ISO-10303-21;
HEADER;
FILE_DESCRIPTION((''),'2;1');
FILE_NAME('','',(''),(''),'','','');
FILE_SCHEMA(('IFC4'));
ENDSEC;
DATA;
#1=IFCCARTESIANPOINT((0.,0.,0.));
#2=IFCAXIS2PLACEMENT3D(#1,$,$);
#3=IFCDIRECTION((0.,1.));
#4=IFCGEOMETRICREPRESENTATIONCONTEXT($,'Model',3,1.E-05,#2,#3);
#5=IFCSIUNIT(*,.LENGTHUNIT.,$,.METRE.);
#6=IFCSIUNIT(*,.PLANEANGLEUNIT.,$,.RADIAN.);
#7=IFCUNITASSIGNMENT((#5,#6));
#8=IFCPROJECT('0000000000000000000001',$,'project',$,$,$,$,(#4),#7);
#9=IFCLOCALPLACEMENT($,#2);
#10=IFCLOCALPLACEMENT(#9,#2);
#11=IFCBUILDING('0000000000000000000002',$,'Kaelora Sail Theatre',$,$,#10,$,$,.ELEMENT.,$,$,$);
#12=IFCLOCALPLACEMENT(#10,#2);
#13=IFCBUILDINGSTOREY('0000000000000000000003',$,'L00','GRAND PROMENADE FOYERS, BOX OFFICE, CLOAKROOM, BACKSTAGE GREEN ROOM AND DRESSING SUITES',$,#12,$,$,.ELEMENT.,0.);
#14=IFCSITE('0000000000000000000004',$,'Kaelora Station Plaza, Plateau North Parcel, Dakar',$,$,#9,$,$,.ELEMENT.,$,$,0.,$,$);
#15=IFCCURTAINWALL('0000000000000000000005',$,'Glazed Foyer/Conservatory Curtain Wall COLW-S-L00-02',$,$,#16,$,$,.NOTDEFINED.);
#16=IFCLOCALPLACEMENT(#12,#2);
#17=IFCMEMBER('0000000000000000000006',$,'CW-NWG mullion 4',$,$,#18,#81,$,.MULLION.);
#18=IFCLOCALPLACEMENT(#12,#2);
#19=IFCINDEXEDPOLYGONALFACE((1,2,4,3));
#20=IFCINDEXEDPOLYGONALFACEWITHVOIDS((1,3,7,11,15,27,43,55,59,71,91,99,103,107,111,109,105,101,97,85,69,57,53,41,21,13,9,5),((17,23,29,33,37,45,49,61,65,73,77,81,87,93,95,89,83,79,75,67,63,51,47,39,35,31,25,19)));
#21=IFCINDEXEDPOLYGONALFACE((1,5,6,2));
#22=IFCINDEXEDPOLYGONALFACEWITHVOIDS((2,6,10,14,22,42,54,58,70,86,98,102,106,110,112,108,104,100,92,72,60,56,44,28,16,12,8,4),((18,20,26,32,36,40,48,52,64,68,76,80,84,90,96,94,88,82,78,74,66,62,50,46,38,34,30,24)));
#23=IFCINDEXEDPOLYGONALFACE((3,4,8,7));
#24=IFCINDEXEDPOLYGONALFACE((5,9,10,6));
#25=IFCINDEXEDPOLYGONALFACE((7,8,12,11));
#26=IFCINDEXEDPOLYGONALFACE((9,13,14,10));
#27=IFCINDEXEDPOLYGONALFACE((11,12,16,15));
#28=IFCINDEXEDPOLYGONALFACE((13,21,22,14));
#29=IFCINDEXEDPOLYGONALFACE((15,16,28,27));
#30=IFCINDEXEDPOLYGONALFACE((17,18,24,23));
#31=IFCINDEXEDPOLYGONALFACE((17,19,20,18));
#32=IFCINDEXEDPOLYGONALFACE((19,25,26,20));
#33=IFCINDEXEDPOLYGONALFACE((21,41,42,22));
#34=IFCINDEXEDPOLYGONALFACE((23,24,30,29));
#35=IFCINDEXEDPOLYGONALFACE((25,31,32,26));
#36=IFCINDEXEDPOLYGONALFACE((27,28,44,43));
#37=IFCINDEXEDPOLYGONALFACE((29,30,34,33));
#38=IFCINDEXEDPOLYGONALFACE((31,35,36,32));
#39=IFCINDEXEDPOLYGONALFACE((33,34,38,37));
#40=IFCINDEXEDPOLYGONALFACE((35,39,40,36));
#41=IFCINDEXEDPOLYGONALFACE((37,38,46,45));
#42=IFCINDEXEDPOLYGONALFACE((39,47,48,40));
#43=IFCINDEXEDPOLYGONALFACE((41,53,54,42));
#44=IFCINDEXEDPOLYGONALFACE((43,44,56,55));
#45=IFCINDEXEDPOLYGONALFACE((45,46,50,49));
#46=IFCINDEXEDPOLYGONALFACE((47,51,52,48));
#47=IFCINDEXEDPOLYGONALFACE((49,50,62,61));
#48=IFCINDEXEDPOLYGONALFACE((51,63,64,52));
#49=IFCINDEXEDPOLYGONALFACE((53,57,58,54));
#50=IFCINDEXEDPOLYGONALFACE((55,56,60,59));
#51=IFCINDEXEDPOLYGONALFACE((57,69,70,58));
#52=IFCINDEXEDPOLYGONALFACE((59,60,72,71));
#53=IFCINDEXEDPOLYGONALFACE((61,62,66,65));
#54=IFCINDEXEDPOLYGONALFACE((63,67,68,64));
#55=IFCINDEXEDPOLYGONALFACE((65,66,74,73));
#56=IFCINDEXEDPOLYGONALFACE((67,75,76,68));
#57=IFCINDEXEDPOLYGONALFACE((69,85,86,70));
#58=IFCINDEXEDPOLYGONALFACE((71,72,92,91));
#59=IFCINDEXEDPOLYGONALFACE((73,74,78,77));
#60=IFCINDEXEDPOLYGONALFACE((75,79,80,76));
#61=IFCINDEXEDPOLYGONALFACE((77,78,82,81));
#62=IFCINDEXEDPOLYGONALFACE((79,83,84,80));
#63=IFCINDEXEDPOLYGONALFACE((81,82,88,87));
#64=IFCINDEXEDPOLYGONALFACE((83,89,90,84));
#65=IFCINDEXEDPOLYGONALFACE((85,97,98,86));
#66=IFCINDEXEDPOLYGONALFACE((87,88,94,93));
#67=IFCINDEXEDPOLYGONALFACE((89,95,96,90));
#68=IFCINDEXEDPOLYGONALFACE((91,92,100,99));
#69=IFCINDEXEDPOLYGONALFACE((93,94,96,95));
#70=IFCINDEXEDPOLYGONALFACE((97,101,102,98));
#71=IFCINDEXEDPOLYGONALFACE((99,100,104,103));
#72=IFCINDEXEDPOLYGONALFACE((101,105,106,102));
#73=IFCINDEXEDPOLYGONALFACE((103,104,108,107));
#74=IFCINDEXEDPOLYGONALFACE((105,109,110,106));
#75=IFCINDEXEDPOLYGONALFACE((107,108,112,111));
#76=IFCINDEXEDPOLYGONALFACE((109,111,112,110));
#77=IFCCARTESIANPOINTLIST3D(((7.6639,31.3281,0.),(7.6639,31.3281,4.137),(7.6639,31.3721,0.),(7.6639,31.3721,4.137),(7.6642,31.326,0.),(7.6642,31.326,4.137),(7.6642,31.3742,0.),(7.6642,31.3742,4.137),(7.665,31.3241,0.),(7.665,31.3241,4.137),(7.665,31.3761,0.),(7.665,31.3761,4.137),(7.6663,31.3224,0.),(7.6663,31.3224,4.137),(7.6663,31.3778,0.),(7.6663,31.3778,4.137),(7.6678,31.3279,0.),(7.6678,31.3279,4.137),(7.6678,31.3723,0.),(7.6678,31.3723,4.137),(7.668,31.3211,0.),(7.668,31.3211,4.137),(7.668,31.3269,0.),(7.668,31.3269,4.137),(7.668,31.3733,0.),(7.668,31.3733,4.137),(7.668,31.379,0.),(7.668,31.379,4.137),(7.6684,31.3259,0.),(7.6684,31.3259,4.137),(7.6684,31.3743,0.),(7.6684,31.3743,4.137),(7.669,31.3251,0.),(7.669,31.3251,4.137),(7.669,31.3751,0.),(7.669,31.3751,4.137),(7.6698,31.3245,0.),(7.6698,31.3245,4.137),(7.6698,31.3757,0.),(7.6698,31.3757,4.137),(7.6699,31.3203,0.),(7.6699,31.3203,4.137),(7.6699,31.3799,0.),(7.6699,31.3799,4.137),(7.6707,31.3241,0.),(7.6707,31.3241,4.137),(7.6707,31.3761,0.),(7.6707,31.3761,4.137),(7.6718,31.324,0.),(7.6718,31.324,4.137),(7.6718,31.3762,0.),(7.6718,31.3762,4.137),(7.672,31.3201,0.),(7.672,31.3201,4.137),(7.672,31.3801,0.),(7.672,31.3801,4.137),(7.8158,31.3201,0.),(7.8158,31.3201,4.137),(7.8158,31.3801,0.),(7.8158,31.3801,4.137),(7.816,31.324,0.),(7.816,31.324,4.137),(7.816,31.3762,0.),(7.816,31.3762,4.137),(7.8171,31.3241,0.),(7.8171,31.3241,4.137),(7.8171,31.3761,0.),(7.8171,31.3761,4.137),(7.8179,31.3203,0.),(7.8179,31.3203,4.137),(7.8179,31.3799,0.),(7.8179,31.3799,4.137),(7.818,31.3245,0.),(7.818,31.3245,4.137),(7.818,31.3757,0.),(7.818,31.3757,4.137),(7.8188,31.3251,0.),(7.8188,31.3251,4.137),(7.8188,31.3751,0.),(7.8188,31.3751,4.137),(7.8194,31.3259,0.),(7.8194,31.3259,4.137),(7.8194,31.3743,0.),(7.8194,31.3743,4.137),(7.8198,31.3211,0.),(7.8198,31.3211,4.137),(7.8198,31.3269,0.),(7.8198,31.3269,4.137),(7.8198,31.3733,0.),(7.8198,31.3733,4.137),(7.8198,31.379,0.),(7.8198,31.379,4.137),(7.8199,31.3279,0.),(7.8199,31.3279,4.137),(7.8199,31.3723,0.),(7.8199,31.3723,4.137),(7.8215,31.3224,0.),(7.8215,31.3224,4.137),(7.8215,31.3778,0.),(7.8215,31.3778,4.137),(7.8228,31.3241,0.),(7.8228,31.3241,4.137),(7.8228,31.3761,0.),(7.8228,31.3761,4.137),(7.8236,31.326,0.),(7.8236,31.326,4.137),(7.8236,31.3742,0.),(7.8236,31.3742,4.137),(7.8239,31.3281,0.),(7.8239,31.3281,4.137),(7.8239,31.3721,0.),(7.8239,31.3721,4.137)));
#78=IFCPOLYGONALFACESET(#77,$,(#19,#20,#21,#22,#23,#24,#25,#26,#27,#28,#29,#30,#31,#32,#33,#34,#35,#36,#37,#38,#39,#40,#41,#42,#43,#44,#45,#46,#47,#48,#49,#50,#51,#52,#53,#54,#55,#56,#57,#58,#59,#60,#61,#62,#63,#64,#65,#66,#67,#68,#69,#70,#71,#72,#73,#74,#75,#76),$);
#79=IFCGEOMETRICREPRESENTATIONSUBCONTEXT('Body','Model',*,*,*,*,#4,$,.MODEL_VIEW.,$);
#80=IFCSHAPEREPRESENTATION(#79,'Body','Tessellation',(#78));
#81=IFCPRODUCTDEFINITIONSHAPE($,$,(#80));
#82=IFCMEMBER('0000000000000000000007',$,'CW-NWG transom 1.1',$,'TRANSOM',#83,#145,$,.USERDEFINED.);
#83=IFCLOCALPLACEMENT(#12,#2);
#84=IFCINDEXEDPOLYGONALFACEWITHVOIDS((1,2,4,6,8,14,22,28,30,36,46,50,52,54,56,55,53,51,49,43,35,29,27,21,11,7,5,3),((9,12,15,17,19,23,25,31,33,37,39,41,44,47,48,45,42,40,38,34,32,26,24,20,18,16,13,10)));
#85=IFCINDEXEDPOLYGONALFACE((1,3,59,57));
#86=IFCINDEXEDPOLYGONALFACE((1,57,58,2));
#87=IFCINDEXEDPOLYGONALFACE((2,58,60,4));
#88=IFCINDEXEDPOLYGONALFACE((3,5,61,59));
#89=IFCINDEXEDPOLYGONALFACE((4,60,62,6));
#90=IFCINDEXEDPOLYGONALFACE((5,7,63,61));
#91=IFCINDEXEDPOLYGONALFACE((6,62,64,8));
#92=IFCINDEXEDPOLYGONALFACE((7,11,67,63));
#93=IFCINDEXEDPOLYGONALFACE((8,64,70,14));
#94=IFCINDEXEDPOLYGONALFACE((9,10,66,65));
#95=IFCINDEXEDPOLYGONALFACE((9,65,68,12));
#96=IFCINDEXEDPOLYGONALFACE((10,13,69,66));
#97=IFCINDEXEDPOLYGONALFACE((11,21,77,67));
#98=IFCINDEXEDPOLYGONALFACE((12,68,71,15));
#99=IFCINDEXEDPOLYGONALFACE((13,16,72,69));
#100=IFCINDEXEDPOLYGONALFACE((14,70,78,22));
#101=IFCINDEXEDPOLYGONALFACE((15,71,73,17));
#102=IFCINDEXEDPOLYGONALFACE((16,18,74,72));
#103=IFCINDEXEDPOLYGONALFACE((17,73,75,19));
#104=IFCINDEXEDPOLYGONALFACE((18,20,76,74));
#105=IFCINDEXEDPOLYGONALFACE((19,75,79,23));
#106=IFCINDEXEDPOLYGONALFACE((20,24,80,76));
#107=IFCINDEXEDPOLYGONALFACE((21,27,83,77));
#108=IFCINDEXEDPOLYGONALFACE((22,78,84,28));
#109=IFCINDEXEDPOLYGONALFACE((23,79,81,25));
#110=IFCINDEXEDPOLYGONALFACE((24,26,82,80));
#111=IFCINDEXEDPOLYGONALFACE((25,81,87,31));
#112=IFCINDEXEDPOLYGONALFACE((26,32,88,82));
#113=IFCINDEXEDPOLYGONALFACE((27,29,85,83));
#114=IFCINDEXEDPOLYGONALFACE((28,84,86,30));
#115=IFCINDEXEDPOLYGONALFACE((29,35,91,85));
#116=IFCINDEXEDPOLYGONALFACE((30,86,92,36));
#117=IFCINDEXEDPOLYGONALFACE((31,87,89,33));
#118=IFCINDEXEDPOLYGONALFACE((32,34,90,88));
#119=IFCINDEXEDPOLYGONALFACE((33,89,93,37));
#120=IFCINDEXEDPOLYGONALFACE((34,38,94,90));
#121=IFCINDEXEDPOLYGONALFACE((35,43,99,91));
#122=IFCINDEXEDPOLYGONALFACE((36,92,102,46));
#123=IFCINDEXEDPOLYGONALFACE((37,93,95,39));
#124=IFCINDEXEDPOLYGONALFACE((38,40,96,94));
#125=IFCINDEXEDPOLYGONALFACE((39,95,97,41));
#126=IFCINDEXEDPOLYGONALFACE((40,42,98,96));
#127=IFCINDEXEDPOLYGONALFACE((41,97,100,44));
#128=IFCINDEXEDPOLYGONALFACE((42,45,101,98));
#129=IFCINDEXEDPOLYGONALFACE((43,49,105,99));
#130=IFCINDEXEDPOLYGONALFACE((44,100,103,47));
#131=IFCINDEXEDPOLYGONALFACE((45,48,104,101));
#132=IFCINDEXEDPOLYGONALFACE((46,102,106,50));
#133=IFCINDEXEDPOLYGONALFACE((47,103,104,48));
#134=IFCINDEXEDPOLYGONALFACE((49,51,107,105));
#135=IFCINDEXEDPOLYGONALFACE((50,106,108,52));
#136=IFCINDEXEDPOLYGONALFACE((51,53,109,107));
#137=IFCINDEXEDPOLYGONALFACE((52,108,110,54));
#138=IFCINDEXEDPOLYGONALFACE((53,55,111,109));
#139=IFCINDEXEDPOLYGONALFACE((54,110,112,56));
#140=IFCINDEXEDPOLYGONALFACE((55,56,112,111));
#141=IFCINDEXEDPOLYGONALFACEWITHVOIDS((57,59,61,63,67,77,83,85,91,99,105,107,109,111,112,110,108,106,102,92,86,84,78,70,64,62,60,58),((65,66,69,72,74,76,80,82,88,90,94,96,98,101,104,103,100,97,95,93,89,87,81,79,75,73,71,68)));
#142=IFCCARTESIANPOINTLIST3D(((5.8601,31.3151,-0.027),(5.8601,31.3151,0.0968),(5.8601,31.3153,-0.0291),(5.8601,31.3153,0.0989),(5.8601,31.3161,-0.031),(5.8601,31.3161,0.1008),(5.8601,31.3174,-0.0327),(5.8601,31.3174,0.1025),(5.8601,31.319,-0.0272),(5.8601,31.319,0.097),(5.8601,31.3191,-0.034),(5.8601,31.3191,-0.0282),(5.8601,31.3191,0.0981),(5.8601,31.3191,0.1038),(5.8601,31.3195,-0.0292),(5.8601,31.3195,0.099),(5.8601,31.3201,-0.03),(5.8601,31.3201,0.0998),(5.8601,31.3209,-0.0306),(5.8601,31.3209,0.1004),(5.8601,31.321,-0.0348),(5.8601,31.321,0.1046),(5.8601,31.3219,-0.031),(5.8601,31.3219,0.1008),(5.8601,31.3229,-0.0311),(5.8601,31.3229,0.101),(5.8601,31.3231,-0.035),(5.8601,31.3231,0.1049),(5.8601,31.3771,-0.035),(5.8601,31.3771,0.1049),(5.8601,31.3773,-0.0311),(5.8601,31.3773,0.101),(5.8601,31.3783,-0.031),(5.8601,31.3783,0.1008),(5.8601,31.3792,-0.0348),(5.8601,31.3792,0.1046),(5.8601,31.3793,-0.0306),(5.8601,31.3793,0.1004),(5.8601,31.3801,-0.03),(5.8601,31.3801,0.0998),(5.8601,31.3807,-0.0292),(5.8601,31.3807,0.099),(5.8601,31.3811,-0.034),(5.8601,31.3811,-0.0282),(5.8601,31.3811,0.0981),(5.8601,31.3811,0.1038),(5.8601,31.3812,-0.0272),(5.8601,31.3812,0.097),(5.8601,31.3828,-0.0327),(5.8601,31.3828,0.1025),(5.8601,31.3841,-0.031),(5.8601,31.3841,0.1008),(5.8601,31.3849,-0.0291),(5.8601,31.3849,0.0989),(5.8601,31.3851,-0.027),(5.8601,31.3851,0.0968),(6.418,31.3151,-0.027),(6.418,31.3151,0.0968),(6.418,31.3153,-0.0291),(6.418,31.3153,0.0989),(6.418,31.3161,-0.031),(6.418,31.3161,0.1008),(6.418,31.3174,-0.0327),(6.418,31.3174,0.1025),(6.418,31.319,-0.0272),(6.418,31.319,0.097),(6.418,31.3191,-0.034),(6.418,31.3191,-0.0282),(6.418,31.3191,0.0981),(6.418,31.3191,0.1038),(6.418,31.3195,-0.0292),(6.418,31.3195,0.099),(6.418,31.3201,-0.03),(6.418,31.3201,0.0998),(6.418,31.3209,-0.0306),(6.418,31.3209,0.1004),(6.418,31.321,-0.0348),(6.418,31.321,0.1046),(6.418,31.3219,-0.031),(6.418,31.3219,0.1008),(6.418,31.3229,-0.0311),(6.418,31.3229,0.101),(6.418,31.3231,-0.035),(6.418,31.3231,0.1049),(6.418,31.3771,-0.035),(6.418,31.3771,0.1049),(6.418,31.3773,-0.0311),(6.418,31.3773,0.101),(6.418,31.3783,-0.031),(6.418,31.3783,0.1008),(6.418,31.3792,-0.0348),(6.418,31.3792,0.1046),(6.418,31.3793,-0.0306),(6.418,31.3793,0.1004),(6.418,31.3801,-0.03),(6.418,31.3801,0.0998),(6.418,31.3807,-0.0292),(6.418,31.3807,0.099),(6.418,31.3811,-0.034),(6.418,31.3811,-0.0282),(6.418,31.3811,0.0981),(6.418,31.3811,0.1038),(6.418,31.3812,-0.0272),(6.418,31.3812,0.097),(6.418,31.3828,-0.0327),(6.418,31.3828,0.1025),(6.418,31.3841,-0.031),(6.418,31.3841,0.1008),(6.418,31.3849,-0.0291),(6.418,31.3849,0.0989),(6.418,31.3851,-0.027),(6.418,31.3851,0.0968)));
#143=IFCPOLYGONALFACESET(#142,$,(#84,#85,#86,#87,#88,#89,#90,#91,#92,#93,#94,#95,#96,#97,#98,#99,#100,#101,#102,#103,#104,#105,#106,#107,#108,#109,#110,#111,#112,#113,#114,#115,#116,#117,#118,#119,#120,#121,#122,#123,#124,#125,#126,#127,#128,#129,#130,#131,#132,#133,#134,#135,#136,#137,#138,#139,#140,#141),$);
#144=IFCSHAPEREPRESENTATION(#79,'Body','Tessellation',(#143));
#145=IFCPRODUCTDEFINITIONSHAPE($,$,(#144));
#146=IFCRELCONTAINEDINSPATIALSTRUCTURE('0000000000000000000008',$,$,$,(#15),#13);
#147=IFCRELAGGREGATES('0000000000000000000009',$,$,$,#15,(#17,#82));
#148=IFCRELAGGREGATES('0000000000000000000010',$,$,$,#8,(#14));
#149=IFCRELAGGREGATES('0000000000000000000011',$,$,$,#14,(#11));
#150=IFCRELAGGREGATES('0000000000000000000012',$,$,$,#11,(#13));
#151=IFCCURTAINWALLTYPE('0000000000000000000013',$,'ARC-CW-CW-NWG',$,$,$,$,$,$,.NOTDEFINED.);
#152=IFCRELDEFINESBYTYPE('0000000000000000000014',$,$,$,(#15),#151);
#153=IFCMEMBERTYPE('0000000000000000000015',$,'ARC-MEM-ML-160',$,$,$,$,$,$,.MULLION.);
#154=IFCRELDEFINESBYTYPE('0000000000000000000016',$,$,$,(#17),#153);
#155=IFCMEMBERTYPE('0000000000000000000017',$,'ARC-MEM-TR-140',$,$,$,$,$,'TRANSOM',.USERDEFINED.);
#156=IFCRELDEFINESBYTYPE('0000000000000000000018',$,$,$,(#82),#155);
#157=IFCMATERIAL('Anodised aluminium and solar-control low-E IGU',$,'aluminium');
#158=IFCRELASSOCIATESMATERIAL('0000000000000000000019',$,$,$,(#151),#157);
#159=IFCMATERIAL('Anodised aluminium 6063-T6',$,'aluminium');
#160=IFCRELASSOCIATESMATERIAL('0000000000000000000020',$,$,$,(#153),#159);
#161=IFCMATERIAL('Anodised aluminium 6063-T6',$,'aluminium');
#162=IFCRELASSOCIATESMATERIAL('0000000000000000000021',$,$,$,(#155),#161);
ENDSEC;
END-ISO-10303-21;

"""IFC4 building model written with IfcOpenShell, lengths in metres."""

from ifc_helpers import new_model, si_unit, direction, frame, origin, origin_2d, place, context, subcontext, project, spatial, hollow_rectangle, extrude, material, material_profile, profile_set, type_object, element, aggregate, save


model = new_model("IFC4")

# Units and contexts
model_context = context("Model", 3, precision=1e-05, world=origin(), true_north=direction((0.0, 1.0)))
body_context = subcontext(model_context, "Body", "Model", "MODEL_VIEW")
ifc_project = project(units=[si_unit("LENGTHUNIT", "METRE"), si_unit("PLANEANGLEUNIT", "RADIAN")], contexts=[model_context])

# Site, building, storey
site_placement = place(None, origin())
site = spatial("IfcSite", under=ifc_project, at=site_placement, Name="Kaelora Station Plaza, Plateau North Parcel, Dakar", CompositionType="ELEMENT", RefElevation=0.0)
building_placement = place(site_placement, origin())
building = spatial("IfcBuilding", under=site, at=building_placement, Name="Kaelora Sail Theatre", CompositionType="ELEMENT")
storey_placement = place(building_placement, origin())
storey = spatial("IfcBuildingStorey", under=building, at=storey_placement, Name="L00", Description="GRAND PROMENADE FOYERS, BOX OFFICE, CLOAKROOM, BACKSTAGE GREEN ROOM AND DRESSING SUITES", CompositionType="ELEMENT", Elevation=0.0)

# Shared definitions
ifc_material_1 = material(Name="Anodised aluminium and solar-control low-E IGU", Category="aluminium")
curtain_wall_type = type_object("IfcCurtainWallType", Name="ARC-CW-CW-NWG", PredefinedType="NOTDEFINED", material=ifc_material_1)
ifc_material_2 = material(Name="Anodised aluminium 6063-T6", Category="aluminium")
ifc_material_profile_1 = material_profile(ifc_material_2, hollow_rectangle(XDim=0.0601, YDim=0.1599, WallThickness=0.0039, InnerFilletRadius=0.0039, OuterFilletRadius=0.0081, at=origin_2d()), Name="ALU-MULL 60x160x4")
ifc_profile_set_1 = profile_set([ifc_material_profile_1], Name="Anodised aluminium 6063-T6")
member_type_1 = type_object("IfcMemberType", Name="ARC-MEM-ML-160", PredefinedType="MULLION", material=ifc_profile_set_1)

# Curtain wall, members
curtain_wall_1_placement = place(storey_placement, origin())
curtain_wall_1 = element("IfcCurtainWall", 1, at=curtain_wall_1_placement, inside=storey, type_object=curtain_wall_type, Name="Glazed Foyer/Conservatory Curtain Wall COLW-S-L00-02", PredefinedType="NOTDEFINED")
member_1_placement = place(storey_placement, frame((7.7439, 31.3501, 0.0), z_axis=(0.0, 0.0, 1.0), x_axis=(0.0, 1.0, 0.0)))
member_1 = element("IfcMember", 2, at=member_1_placement, type_object=member_type_1, Name="CW-NWG mullion 4", PredefinedType="MULLION", context=body_context, shape_type="SweptSolid", body=[
    extrude(hollow_rectangle(XDim=0.0601, YDim=0.1599, WallThickness=0.0039, InnerFilletRadius=0.0039, OuterFilletRadius=0.0081, at=origin_2d()), origin(), (0.0, 0.0, 1.0), 4.137),
])
ifc_material_3 = material(Name="Anodised aluminium 6063-T6", Category="aluminium")
ifc_material_profile_2 = material_profile(ifc_material_3, hollow_rectangle(XDim=0.0701, YDim=0.1399, WallThickness=0.0039, InnerFilletRadius=0.0039, OuterFilletRadius=0.0081, at=origin_2d()), Name="ALU-TRAN 70x140x4")
ifc_profile_set_2 = profile_set([ifc_material_profile_2], Name="Anodised aluminium 6063-T6")
member_type_2 = type_object("IfcMemberType", Name="ARC-MEM-TR-140", ElementType="TRANSOM", PredefinedType="USERDEFINED", material=ifc_profile_set_2)
member_2_placement = place(storey_placement, frame((5.8601, 31.3501, 0.0349), z_axis=(1.0, 0.0, 0.0), x_axis=(0.0, 1.0, 0.0)))
member_2 = element("IfcMember", 3, at=member_2_placement, type_object=member_type_2, Name="CW-NWG transom 1.1", ObjectType="TRANSOM", PredefinedType="USERDEFINED", context=body_context, shape_type="SweptSolid", body=[
    extrude(hollow_rectangle(XDim=0.0701, YDim=0.1399, WallThickness=0.0039, InnerFilletRadius=0.0039, OuterFilletRadius=0.0081, at=origin_2d()), origin(), (0.0, 0.0, 1.0), 0.5579),
])

aggregate(curtain_wall_1, [member_1, member_2])

save(model, "model.ifc")
